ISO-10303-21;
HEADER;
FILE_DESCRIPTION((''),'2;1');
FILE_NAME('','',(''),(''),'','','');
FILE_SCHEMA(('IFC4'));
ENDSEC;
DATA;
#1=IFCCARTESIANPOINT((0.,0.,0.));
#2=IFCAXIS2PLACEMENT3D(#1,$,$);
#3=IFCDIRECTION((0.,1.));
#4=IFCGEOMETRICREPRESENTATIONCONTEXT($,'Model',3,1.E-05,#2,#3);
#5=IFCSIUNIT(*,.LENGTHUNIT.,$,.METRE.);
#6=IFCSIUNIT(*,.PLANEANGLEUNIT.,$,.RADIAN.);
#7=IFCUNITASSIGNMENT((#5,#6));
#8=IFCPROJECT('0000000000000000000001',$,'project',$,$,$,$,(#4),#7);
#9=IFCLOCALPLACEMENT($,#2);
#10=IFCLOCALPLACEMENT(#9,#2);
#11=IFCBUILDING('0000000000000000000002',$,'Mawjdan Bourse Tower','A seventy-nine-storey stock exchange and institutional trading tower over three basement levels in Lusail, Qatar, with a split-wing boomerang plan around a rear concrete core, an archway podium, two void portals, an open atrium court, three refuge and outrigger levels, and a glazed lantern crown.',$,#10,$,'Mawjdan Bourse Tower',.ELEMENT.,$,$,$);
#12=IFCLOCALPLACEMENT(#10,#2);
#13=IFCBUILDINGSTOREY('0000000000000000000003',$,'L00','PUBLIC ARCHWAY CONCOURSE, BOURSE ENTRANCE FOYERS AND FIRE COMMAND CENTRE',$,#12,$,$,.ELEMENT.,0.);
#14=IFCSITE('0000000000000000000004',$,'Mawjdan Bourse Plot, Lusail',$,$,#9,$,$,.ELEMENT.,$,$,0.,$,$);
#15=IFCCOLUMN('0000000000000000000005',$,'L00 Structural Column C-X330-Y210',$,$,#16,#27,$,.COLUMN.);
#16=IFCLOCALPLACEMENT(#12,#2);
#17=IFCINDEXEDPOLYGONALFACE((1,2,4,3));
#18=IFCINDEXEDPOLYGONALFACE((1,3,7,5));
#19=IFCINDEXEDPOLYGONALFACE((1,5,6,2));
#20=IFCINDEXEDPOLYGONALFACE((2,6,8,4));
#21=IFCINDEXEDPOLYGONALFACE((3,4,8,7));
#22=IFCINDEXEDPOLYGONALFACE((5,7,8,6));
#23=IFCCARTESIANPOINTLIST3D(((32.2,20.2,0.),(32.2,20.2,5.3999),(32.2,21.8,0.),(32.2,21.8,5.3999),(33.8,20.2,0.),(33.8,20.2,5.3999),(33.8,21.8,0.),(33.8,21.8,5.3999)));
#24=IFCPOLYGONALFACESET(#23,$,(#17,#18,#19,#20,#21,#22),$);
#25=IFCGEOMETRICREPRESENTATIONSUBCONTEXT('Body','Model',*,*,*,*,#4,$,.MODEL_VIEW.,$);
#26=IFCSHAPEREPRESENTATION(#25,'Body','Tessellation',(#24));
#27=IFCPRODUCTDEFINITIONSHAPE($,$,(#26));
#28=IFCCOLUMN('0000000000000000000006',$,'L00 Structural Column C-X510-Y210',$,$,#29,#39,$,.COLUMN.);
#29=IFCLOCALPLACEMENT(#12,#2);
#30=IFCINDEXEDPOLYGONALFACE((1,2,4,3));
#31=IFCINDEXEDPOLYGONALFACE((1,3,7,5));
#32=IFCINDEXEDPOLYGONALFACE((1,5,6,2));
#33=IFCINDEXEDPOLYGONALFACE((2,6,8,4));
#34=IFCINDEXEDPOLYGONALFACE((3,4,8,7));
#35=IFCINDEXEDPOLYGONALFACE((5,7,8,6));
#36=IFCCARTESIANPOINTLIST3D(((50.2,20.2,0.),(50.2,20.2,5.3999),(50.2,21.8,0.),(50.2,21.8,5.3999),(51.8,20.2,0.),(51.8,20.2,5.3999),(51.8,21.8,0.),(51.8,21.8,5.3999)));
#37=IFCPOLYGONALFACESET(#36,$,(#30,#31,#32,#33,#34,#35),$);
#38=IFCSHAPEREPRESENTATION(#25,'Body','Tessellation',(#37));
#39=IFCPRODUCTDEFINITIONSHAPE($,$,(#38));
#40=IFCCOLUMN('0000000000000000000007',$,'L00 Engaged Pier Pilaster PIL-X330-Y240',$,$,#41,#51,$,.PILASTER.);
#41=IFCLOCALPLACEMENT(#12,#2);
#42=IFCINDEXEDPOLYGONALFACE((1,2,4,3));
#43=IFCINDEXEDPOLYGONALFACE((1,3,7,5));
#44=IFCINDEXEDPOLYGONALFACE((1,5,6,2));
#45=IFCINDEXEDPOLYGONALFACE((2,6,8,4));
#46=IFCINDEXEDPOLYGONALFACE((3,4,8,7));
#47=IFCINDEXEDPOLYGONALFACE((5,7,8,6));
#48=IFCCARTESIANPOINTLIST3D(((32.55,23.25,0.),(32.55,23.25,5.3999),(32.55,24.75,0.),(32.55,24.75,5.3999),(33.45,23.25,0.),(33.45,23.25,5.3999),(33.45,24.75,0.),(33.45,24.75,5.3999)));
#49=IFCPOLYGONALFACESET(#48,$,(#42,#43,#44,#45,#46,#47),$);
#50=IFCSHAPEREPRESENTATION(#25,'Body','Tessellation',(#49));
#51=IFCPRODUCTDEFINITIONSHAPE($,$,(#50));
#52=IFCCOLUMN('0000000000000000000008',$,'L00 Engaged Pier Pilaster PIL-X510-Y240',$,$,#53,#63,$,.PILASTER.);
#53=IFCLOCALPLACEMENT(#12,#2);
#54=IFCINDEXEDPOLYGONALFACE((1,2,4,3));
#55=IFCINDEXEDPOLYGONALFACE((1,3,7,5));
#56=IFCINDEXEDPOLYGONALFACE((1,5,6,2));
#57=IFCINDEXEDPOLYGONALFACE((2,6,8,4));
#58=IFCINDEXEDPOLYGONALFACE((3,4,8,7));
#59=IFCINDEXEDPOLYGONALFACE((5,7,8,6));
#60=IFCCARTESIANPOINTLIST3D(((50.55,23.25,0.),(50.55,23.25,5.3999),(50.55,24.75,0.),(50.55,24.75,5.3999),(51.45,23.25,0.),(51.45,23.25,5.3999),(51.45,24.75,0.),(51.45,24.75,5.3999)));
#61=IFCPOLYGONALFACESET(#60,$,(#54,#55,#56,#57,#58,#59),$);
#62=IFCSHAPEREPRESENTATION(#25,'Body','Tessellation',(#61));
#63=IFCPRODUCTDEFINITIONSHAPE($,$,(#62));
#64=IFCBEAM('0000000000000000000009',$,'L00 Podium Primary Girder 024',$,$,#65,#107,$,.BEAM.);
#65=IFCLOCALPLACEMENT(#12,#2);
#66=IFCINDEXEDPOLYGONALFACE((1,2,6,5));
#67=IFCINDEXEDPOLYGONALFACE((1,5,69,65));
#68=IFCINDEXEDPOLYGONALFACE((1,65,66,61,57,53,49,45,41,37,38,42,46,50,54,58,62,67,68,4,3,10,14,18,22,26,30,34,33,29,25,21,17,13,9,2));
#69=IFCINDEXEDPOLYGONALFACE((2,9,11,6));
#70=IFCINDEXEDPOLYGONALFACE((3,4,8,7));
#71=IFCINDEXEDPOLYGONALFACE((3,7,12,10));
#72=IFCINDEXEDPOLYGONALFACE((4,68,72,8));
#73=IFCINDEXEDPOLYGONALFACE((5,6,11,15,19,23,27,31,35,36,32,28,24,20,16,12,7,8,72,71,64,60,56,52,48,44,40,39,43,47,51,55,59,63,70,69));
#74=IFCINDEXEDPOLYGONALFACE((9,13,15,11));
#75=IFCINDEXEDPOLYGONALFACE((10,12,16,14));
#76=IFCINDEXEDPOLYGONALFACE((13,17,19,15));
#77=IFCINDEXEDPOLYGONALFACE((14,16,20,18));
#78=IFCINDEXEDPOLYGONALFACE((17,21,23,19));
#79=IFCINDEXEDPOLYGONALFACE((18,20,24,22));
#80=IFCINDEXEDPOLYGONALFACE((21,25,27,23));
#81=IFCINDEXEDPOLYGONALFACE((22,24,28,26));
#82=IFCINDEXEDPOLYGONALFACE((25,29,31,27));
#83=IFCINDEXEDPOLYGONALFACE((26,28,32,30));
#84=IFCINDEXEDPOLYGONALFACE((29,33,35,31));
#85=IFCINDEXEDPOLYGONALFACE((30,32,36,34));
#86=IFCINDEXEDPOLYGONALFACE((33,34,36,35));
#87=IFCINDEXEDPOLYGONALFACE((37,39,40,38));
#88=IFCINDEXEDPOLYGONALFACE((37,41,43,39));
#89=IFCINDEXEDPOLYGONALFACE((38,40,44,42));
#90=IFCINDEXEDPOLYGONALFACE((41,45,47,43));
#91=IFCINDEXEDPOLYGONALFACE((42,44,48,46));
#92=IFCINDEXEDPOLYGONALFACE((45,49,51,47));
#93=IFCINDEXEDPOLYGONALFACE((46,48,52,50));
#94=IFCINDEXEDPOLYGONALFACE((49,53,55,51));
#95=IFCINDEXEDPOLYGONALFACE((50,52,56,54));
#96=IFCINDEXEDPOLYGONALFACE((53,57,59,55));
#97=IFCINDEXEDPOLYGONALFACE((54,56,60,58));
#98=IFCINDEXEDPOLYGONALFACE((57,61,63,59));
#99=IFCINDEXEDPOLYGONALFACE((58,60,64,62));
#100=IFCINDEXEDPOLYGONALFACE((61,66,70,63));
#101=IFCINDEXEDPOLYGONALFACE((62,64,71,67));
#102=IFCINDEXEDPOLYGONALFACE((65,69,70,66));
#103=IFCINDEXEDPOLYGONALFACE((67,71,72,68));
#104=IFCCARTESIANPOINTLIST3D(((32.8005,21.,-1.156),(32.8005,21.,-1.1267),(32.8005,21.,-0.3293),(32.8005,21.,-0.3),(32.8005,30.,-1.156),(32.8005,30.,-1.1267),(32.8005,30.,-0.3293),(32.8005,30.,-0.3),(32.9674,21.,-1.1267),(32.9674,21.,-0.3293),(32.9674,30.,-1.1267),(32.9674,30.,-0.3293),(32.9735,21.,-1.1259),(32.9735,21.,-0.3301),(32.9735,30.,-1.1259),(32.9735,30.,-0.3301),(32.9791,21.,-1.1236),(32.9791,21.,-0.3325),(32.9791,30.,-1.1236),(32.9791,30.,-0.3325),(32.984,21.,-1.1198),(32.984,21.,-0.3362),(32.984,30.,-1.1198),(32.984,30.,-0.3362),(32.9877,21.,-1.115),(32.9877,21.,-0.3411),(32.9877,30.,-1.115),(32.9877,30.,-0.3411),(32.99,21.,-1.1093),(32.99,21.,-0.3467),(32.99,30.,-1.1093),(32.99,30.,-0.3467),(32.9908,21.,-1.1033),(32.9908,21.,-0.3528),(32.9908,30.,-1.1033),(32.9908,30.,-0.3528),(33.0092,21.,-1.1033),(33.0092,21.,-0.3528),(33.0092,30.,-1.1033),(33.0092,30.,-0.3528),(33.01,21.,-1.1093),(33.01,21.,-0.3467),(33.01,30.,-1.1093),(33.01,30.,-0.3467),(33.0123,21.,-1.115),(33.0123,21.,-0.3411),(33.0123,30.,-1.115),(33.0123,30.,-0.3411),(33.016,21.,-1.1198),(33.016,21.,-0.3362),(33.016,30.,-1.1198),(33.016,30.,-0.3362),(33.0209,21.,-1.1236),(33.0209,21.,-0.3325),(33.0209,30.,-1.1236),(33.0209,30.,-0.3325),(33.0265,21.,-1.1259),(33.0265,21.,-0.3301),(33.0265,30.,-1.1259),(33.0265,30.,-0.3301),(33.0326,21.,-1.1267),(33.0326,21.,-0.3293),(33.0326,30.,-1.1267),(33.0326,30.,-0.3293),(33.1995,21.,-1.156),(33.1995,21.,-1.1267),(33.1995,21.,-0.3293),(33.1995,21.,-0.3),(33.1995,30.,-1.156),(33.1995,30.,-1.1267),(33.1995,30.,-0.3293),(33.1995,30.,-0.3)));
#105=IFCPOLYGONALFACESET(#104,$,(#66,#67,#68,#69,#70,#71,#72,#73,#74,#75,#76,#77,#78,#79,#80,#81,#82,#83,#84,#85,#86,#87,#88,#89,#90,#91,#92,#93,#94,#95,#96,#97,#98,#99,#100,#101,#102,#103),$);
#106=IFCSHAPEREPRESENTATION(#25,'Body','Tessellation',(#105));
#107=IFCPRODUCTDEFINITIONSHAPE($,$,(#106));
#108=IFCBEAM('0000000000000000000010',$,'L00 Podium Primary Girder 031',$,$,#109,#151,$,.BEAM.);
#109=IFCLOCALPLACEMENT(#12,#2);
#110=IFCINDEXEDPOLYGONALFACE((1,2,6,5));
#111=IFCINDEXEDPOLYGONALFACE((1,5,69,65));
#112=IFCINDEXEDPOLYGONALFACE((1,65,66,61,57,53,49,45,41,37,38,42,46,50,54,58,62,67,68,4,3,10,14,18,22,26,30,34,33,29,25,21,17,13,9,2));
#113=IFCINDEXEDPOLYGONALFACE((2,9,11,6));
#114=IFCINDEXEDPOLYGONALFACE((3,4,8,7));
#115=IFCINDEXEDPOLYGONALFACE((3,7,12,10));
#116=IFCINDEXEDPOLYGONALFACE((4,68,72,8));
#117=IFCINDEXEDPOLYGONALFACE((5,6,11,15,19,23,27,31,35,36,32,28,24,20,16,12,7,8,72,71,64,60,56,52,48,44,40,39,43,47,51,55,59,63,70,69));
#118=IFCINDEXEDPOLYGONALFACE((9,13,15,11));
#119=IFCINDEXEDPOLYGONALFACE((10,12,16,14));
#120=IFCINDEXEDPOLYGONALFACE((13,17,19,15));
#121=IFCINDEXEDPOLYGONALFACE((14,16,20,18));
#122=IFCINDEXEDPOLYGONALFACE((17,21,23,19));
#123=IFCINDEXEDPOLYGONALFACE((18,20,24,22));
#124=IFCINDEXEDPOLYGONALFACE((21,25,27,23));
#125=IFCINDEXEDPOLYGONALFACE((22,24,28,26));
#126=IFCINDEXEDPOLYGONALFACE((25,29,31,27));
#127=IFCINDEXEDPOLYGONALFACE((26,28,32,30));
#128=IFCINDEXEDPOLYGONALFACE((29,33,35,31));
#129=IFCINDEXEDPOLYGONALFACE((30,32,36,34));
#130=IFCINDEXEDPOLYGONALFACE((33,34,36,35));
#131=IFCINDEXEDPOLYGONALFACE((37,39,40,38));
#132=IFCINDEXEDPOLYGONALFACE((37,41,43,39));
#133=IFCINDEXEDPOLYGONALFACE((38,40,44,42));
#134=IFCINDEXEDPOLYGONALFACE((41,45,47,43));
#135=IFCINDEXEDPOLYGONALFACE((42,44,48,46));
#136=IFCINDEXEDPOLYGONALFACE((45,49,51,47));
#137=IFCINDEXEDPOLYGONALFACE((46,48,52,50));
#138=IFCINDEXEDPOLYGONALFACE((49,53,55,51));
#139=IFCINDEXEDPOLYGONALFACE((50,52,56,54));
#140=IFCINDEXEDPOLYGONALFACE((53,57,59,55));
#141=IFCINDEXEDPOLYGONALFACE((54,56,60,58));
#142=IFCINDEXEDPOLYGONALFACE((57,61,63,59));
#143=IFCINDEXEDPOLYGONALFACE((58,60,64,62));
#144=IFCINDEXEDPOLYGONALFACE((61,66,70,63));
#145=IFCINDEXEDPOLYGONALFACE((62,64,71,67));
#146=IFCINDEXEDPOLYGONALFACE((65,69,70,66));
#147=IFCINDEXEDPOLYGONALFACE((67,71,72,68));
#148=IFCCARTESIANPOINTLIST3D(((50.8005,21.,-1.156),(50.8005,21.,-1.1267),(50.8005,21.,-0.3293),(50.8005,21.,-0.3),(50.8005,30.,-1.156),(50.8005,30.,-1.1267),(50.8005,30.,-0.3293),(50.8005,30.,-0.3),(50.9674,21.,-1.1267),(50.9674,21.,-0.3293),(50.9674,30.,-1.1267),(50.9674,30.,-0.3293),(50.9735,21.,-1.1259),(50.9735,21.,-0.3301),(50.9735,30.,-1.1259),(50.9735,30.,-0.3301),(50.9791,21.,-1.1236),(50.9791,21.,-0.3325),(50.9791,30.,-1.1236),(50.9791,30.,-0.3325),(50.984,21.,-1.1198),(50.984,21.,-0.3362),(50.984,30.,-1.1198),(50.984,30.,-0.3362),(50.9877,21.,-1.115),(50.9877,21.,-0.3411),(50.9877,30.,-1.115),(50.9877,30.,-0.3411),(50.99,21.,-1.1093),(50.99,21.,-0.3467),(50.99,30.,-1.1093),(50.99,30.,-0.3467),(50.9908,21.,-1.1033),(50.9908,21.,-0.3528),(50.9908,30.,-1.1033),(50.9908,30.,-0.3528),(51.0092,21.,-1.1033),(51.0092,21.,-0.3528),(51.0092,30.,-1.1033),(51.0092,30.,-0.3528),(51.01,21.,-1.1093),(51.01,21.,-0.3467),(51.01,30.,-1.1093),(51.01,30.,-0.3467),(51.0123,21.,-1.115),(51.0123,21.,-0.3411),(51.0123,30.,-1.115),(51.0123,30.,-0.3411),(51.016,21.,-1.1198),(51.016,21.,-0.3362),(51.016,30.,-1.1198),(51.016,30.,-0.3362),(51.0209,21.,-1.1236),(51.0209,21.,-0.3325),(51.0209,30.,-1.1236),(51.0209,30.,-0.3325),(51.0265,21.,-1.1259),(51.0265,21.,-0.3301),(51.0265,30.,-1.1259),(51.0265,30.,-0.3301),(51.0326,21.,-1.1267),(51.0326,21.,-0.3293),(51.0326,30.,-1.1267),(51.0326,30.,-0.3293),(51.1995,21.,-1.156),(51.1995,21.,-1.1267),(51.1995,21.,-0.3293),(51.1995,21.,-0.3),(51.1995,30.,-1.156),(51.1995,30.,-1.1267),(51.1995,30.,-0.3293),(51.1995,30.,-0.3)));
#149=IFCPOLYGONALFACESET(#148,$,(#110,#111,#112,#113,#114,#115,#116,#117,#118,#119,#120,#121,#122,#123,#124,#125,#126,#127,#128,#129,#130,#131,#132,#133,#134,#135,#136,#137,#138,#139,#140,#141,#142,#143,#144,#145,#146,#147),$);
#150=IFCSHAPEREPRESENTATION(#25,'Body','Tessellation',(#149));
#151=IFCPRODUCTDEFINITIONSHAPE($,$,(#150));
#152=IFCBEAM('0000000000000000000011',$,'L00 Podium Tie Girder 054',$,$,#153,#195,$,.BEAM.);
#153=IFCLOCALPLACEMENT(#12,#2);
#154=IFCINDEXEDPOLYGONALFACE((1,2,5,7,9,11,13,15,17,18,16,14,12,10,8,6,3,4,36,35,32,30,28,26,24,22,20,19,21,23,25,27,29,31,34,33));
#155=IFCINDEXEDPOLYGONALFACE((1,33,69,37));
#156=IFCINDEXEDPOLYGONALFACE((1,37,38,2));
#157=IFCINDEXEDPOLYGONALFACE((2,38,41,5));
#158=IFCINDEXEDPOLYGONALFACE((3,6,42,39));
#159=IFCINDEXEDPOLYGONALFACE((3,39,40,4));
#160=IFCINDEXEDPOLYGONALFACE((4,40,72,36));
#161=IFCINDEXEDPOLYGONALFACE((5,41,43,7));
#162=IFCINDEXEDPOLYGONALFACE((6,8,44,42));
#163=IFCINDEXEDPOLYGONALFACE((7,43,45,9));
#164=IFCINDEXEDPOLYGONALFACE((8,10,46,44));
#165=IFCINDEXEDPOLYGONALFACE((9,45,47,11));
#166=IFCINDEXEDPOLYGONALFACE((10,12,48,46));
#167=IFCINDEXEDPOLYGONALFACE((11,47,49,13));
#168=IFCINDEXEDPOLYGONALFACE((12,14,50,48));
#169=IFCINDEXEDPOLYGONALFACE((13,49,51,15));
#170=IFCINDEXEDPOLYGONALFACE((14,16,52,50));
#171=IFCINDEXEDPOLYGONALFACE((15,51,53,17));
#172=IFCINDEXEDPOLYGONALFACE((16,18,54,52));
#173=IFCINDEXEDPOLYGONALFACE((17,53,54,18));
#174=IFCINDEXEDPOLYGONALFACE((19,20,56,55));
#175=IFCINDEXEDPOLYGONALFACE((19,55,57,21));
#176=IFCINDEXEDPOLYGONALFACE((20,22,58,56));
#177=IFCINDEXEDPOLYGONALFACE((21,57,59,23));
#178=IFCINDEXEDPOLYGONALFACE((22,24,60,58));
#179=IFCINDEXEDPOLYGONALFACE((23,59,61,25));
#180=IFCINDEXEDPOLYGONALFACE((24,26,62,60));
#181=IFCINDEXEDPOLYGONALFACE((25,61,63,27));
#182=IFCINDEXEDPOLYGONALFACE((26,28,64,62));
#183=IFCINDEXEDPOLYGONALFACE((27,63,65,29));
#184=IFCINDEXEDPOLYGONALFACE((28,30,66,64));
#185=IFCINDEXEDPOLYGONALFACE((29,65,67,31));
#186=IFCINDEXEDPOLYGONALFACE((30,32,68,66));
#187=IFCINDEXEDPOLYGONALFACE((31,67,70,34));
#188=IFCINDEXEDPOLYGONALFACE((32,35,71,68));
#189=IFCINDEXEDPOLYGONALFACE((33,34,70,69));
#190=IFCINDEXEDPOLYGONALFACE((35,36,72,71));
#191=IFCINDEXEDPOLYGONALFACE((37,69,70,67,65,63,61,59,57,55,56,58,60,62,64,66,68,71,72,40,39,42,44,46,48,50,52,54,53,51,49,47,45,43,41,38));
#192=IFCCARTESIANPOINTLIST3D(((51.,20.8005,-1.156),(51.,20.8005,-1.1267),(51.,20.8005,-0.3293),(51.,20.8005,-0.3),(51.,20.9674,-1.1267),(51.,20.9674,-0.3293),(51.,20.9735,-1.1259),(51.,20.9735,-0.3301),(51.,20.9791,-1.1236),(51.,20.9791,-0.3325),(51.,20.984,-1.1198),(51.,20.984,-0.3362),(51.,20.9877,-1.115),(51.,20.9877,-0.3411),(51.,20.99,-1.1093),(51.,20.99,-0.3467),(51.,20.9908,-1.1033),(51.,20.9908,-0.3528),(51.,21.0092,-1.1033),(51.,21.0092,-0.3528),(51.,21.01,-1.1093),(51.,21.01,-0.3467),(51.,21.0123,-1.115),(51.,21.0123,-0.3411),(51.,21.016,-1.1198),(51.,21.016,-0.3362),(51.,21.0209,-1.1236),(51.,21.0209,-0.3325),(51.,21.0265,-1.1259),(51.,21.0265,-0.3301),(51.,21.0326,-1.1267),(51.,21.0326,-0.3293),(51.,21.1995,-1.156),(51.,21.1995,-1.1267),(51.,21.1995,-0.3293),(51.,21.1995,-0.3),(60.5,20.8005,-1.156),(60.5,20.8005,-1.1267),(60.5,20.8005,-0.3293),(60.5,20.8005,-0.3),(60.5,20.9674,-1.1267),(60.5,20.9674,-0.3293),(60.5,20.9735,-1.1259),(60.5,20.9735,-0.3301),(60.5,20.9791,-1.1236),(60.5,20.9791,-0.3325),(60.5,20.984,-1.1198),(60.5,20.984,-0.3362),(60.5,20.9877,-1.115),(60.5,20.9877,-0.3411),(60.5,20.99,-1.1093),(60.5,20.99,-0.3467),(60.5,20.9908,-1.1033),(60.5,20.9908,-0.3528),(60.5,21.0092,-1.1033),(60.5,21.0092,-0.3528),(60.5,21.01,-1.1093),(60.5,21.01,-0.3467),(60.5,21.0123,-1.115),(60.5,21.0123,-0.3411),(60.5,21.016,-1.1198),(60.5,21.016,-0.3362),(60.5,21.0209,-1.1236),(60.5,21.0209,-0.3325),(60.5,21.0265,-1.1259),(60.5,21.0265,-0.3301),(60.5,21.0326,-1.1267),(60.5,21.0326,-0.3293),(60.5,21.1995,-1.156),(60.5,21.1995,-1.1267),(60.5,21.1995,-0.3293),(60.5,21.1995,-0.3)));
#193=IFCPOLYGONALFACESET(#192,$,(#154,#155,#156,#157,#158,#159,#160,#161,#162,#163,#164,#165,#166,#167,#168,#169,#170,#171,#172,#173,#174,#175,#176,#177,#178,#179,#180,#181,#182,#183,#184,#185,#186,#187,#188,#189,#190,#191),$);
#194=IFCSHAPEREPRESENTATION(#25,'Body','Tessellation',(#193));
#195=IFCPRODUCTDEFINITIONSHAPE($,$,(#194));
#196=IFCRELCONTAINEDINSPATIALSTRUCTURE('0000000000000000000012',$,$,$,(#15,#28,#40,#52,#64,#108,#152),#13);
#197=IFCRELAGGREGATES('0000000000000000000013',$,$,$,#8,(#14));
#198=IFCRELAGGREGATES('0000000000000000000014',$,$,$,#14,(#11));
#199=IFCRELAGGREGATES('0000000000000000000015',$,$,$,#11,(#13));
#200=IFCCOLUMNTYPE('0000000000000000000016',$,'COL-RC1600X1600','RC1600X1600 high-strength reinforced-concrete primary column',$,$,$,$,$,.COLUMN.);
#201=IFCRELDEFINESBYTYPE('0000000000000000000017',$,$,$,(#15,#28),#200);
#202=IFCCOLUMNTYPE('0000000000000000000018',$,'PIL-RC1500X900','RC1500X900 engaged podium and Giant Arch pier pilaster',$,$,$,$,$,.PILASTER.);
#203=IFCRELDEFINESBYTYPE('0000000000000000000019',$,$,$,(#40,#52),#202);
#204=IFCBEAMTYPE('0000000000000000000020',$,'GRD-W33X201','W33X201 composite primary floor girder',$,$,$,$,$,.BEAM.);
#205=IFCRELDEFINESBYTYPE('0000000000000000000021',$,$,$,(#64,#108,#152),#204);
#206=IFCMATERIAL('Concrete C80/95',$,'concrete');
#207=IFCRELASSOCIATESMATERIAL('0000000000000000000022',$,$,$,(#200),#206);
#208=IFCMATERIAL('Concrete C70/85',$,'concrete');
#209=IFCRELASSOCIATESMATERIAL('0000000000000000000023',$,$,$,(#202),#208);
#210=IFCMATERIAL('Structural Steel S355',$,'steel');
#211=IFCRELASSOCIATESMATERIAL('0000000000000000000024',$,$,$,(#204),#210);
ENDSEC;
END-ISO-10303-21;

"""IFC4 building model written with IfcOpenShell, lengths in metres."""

from ifc_helpers import new_model, si_unit, direction, frame, origin, origin_2d, place, context, subcontext, project, spatial, rectangle, i_section, extrude, material, material_profile, profile_set, type_object, element, save


model = new_model("IFC4")

# Units and contexts
model_context = context("Model", 3, precision=1e-05, world=origin(), true_north=direction((0.0, 1.0)))
body_context = subcontext(model_context, "Body", "Model", "MODEL_VIEW")
ifc_project = project(units=[si_unit("LENGTHUNIT", "METRE"), si_unit("PLANEANGLEUNIT", "RADIAN")], contexts=[model_context])

# Site, building, storey
site_placement = place(None, origin())
site = spatial("IfcSite", under=ifc_project, at=site_placement, Name="Mawjdan Bourse Plot, Lusail", CompositionType="ELEMENT", RefElevation=0.0)
building_placement = place(site_placement, origin())
building = spatial("IfcBuilding", under=site, at=building_placement, Name="Mawjdan Bourse Tower", Description="A seventy-nine-storey stock exchange and institutional trading tower over three basement levels in Lusail, Qatar, with a split-wing boomerang plan around a rear concrete core, an archway podium, two void portals, an open atrium court, three refuge and outrigger levels, and a glazed lantern crown.", LongName="Mawjdan Bourse Tower", CompositionType="ELEMENT")
storey_placement = place(building_placement, origin())
storey = spatial("IfcBuildingStorey", under=building, at=storey_placement, Name="L00", Description="PUBLIC ARCHWAY CONCOURSE, BOURSE ENTRANCE FOYERS AND FIRE COMMAND CENTRE", CompositionType="ELEMENT", Elevation=0.0)

# Columns
ifc_material_1 = material(Name="Concrete C80/95", Category="concrete")
ifc_material_profile_1 = material_profile(ifc_material_1, rectangle(XDim=1.6001, YDim=1.6001, at=origin_2d()), Name="RC1600X1600")
ifc_profile_set_1 = profile_set([ifc_material_profile_1], Name="Concrete C80/95")
column_type_1 = type_object("IfcColumnType", Name="COL-RC1600X1600", Description="RC1600X1600 high-strength reinforced-concrete primary column", PredefinedType="COLUMN", material=ifc_profile_set_1)
for number, where, z_axis, x_axis, name in (
    (1, (33.0, 21.0, 0.0), (0.0, 0.0, 1.0), (1.0, 0.0, 0.0), "L00 Structural Column C-X330-Y210"),
    (2, (51.0, 21.0, 0.0), (0.0, 0.0, 1.0), (1.0, 0.0, 0.0), "L00 Structural Column C-X510-Y210"),
):
    element("IfcColumn", number, at=place(storey_placement, frame(where, z_axis=z_axis, x_axis=x_axis)), inside=storey, type_object=column_type_1, Name=name, PredefinedType="COLUMN", context=body_context, shape_type="SweptSolid", body=[
        extrude(rectangle(XDim=1.6001, YDim=1.6001, at=origin_2d()), origin(), (0.0, 0.0, 1.0), 5.3999),
    ])
ifc_material_2 = material(Name="Concrete C70/85", Category="concrete")
ifc_material_profile_2 = material_profile(ifc_material_2, rectangle(XDim=0.8999, YDim=1.5, at=origin_2d()), Name="RC1500X900")
ifc_profile_set_2 = profile_set([ifc_material_profile_2], Name="Concrete C70/85")
column_type_2 = type_object("IfcColumnType", Name="PIL-RC1500X900", Description="RC1500X900 engaged podium and Giant Arch pier pilaster", PredefinedType="PILASTER", material=ifc_profile_set_2)
for number, where, z_axis, x_axis, name in (
    (3, (33.0, 24.0, 0.0), (0.0, 0.0, 1.0), (1.0, 0.0, 0.0), "L00 Engaged Pier Pilaster PIL-X330-Y240"),
    (4, (51.0, 24.0, 0.0), (0.0, 0.0, 1.0), (1.0, 0.0, 0.0), "L00 Engaged Pier Pilaster PIL-X510-Y240"),
):
    element("IfcColumn", number, at=place(storey_placement, frame(where, z_axis=z_axis, x_axis=x_axis)), inside=storey, type_object=column_type_2, Name=name, PredefinedType="PILASTER", context=body_context, shape_type="SweptSolid", body=[
        extrude(rectangle(XDim=0.8999, YDim=1.5, at=origin_2d()), origin(), (0.0, 0.0, 1.0), 5.3999),
    ])

# Beams
ifc_material_3 = material(Name="Structural Steel S355", Category="steel")
ifc_material_profile_3 = material_profile(ifc_material_3, i_section(OverallWidth=0.3989, OverallDepth=0.856, WebThickness=0.0183, FlangeThickness=0.0293, FilletRadius=0.0234, at=origin_2d()), Name="W33X201")
ifc_profile_set_3 = profile_set([ifc_material_profile_3], Name="Structural Steel S355")
beam_type = type_object("IfcBeamType", Name="GRD-W33X201", Description="W33X201 composite primary floor girder", PredefinedType="BEAM", material=ifc_profile_set_3)
for number, where, z_axis, x_axis, name in (
    (5, (33.0, 21.0, -0.728), (0.0, 1.0, 0.0), (-1.0, 0.0, 0.0), "L00 Podium Primary Girder 024"),
    (6, (51.0, 21.0, -0.728), (0.0, 1.0, 0.0), (-1.0, 0.0, 0.0), "L00 Podium Primary Girder 031"),
):
    element("IfcBeam", number, at=place(storey_placement, frame(where, z_axis=z_axis, x_axis=x_axis)), inside=storey, type_object=beam_type, Name=name, PredefinedType="BEAM", context=body_context, shape_type="SweptSolid", body=[
        extrude(i_section(OverallWidth=0.3989, OverallDepth=0.856, WebThickness=0.0183, FlangeThickness=0.0293, FilletRadius=0.0234, at=origin_2d()), origin(), (0.0, 0.0, 1.0), 9.0),
    ])
beam_placement = place(storey_placement, frame((51.0, 21.0, -0.728), z_axis=(1.0, 0.0, 0.0), x_axis=(0.0, 1.0, 0.0)))
element("IfcBeam", 7, at=beam_placement, inside=storey, type_object=beam_type, Name="L00 Podium Tie Girder 054", PredefinedType="BEAM", context=body_context, shape_type="SweptSolid", body=[
    extrude(i_section(OverallWidth=0.3989, OverallDepth=0.856, WebThickness=0.0183, FlangeThickness=0.0293, FilletRadius=0.0234, at=origin_2d()), origin(), (0.0, 0.0, 1.0), 9.5),
])

save(model, "model.ifc")
